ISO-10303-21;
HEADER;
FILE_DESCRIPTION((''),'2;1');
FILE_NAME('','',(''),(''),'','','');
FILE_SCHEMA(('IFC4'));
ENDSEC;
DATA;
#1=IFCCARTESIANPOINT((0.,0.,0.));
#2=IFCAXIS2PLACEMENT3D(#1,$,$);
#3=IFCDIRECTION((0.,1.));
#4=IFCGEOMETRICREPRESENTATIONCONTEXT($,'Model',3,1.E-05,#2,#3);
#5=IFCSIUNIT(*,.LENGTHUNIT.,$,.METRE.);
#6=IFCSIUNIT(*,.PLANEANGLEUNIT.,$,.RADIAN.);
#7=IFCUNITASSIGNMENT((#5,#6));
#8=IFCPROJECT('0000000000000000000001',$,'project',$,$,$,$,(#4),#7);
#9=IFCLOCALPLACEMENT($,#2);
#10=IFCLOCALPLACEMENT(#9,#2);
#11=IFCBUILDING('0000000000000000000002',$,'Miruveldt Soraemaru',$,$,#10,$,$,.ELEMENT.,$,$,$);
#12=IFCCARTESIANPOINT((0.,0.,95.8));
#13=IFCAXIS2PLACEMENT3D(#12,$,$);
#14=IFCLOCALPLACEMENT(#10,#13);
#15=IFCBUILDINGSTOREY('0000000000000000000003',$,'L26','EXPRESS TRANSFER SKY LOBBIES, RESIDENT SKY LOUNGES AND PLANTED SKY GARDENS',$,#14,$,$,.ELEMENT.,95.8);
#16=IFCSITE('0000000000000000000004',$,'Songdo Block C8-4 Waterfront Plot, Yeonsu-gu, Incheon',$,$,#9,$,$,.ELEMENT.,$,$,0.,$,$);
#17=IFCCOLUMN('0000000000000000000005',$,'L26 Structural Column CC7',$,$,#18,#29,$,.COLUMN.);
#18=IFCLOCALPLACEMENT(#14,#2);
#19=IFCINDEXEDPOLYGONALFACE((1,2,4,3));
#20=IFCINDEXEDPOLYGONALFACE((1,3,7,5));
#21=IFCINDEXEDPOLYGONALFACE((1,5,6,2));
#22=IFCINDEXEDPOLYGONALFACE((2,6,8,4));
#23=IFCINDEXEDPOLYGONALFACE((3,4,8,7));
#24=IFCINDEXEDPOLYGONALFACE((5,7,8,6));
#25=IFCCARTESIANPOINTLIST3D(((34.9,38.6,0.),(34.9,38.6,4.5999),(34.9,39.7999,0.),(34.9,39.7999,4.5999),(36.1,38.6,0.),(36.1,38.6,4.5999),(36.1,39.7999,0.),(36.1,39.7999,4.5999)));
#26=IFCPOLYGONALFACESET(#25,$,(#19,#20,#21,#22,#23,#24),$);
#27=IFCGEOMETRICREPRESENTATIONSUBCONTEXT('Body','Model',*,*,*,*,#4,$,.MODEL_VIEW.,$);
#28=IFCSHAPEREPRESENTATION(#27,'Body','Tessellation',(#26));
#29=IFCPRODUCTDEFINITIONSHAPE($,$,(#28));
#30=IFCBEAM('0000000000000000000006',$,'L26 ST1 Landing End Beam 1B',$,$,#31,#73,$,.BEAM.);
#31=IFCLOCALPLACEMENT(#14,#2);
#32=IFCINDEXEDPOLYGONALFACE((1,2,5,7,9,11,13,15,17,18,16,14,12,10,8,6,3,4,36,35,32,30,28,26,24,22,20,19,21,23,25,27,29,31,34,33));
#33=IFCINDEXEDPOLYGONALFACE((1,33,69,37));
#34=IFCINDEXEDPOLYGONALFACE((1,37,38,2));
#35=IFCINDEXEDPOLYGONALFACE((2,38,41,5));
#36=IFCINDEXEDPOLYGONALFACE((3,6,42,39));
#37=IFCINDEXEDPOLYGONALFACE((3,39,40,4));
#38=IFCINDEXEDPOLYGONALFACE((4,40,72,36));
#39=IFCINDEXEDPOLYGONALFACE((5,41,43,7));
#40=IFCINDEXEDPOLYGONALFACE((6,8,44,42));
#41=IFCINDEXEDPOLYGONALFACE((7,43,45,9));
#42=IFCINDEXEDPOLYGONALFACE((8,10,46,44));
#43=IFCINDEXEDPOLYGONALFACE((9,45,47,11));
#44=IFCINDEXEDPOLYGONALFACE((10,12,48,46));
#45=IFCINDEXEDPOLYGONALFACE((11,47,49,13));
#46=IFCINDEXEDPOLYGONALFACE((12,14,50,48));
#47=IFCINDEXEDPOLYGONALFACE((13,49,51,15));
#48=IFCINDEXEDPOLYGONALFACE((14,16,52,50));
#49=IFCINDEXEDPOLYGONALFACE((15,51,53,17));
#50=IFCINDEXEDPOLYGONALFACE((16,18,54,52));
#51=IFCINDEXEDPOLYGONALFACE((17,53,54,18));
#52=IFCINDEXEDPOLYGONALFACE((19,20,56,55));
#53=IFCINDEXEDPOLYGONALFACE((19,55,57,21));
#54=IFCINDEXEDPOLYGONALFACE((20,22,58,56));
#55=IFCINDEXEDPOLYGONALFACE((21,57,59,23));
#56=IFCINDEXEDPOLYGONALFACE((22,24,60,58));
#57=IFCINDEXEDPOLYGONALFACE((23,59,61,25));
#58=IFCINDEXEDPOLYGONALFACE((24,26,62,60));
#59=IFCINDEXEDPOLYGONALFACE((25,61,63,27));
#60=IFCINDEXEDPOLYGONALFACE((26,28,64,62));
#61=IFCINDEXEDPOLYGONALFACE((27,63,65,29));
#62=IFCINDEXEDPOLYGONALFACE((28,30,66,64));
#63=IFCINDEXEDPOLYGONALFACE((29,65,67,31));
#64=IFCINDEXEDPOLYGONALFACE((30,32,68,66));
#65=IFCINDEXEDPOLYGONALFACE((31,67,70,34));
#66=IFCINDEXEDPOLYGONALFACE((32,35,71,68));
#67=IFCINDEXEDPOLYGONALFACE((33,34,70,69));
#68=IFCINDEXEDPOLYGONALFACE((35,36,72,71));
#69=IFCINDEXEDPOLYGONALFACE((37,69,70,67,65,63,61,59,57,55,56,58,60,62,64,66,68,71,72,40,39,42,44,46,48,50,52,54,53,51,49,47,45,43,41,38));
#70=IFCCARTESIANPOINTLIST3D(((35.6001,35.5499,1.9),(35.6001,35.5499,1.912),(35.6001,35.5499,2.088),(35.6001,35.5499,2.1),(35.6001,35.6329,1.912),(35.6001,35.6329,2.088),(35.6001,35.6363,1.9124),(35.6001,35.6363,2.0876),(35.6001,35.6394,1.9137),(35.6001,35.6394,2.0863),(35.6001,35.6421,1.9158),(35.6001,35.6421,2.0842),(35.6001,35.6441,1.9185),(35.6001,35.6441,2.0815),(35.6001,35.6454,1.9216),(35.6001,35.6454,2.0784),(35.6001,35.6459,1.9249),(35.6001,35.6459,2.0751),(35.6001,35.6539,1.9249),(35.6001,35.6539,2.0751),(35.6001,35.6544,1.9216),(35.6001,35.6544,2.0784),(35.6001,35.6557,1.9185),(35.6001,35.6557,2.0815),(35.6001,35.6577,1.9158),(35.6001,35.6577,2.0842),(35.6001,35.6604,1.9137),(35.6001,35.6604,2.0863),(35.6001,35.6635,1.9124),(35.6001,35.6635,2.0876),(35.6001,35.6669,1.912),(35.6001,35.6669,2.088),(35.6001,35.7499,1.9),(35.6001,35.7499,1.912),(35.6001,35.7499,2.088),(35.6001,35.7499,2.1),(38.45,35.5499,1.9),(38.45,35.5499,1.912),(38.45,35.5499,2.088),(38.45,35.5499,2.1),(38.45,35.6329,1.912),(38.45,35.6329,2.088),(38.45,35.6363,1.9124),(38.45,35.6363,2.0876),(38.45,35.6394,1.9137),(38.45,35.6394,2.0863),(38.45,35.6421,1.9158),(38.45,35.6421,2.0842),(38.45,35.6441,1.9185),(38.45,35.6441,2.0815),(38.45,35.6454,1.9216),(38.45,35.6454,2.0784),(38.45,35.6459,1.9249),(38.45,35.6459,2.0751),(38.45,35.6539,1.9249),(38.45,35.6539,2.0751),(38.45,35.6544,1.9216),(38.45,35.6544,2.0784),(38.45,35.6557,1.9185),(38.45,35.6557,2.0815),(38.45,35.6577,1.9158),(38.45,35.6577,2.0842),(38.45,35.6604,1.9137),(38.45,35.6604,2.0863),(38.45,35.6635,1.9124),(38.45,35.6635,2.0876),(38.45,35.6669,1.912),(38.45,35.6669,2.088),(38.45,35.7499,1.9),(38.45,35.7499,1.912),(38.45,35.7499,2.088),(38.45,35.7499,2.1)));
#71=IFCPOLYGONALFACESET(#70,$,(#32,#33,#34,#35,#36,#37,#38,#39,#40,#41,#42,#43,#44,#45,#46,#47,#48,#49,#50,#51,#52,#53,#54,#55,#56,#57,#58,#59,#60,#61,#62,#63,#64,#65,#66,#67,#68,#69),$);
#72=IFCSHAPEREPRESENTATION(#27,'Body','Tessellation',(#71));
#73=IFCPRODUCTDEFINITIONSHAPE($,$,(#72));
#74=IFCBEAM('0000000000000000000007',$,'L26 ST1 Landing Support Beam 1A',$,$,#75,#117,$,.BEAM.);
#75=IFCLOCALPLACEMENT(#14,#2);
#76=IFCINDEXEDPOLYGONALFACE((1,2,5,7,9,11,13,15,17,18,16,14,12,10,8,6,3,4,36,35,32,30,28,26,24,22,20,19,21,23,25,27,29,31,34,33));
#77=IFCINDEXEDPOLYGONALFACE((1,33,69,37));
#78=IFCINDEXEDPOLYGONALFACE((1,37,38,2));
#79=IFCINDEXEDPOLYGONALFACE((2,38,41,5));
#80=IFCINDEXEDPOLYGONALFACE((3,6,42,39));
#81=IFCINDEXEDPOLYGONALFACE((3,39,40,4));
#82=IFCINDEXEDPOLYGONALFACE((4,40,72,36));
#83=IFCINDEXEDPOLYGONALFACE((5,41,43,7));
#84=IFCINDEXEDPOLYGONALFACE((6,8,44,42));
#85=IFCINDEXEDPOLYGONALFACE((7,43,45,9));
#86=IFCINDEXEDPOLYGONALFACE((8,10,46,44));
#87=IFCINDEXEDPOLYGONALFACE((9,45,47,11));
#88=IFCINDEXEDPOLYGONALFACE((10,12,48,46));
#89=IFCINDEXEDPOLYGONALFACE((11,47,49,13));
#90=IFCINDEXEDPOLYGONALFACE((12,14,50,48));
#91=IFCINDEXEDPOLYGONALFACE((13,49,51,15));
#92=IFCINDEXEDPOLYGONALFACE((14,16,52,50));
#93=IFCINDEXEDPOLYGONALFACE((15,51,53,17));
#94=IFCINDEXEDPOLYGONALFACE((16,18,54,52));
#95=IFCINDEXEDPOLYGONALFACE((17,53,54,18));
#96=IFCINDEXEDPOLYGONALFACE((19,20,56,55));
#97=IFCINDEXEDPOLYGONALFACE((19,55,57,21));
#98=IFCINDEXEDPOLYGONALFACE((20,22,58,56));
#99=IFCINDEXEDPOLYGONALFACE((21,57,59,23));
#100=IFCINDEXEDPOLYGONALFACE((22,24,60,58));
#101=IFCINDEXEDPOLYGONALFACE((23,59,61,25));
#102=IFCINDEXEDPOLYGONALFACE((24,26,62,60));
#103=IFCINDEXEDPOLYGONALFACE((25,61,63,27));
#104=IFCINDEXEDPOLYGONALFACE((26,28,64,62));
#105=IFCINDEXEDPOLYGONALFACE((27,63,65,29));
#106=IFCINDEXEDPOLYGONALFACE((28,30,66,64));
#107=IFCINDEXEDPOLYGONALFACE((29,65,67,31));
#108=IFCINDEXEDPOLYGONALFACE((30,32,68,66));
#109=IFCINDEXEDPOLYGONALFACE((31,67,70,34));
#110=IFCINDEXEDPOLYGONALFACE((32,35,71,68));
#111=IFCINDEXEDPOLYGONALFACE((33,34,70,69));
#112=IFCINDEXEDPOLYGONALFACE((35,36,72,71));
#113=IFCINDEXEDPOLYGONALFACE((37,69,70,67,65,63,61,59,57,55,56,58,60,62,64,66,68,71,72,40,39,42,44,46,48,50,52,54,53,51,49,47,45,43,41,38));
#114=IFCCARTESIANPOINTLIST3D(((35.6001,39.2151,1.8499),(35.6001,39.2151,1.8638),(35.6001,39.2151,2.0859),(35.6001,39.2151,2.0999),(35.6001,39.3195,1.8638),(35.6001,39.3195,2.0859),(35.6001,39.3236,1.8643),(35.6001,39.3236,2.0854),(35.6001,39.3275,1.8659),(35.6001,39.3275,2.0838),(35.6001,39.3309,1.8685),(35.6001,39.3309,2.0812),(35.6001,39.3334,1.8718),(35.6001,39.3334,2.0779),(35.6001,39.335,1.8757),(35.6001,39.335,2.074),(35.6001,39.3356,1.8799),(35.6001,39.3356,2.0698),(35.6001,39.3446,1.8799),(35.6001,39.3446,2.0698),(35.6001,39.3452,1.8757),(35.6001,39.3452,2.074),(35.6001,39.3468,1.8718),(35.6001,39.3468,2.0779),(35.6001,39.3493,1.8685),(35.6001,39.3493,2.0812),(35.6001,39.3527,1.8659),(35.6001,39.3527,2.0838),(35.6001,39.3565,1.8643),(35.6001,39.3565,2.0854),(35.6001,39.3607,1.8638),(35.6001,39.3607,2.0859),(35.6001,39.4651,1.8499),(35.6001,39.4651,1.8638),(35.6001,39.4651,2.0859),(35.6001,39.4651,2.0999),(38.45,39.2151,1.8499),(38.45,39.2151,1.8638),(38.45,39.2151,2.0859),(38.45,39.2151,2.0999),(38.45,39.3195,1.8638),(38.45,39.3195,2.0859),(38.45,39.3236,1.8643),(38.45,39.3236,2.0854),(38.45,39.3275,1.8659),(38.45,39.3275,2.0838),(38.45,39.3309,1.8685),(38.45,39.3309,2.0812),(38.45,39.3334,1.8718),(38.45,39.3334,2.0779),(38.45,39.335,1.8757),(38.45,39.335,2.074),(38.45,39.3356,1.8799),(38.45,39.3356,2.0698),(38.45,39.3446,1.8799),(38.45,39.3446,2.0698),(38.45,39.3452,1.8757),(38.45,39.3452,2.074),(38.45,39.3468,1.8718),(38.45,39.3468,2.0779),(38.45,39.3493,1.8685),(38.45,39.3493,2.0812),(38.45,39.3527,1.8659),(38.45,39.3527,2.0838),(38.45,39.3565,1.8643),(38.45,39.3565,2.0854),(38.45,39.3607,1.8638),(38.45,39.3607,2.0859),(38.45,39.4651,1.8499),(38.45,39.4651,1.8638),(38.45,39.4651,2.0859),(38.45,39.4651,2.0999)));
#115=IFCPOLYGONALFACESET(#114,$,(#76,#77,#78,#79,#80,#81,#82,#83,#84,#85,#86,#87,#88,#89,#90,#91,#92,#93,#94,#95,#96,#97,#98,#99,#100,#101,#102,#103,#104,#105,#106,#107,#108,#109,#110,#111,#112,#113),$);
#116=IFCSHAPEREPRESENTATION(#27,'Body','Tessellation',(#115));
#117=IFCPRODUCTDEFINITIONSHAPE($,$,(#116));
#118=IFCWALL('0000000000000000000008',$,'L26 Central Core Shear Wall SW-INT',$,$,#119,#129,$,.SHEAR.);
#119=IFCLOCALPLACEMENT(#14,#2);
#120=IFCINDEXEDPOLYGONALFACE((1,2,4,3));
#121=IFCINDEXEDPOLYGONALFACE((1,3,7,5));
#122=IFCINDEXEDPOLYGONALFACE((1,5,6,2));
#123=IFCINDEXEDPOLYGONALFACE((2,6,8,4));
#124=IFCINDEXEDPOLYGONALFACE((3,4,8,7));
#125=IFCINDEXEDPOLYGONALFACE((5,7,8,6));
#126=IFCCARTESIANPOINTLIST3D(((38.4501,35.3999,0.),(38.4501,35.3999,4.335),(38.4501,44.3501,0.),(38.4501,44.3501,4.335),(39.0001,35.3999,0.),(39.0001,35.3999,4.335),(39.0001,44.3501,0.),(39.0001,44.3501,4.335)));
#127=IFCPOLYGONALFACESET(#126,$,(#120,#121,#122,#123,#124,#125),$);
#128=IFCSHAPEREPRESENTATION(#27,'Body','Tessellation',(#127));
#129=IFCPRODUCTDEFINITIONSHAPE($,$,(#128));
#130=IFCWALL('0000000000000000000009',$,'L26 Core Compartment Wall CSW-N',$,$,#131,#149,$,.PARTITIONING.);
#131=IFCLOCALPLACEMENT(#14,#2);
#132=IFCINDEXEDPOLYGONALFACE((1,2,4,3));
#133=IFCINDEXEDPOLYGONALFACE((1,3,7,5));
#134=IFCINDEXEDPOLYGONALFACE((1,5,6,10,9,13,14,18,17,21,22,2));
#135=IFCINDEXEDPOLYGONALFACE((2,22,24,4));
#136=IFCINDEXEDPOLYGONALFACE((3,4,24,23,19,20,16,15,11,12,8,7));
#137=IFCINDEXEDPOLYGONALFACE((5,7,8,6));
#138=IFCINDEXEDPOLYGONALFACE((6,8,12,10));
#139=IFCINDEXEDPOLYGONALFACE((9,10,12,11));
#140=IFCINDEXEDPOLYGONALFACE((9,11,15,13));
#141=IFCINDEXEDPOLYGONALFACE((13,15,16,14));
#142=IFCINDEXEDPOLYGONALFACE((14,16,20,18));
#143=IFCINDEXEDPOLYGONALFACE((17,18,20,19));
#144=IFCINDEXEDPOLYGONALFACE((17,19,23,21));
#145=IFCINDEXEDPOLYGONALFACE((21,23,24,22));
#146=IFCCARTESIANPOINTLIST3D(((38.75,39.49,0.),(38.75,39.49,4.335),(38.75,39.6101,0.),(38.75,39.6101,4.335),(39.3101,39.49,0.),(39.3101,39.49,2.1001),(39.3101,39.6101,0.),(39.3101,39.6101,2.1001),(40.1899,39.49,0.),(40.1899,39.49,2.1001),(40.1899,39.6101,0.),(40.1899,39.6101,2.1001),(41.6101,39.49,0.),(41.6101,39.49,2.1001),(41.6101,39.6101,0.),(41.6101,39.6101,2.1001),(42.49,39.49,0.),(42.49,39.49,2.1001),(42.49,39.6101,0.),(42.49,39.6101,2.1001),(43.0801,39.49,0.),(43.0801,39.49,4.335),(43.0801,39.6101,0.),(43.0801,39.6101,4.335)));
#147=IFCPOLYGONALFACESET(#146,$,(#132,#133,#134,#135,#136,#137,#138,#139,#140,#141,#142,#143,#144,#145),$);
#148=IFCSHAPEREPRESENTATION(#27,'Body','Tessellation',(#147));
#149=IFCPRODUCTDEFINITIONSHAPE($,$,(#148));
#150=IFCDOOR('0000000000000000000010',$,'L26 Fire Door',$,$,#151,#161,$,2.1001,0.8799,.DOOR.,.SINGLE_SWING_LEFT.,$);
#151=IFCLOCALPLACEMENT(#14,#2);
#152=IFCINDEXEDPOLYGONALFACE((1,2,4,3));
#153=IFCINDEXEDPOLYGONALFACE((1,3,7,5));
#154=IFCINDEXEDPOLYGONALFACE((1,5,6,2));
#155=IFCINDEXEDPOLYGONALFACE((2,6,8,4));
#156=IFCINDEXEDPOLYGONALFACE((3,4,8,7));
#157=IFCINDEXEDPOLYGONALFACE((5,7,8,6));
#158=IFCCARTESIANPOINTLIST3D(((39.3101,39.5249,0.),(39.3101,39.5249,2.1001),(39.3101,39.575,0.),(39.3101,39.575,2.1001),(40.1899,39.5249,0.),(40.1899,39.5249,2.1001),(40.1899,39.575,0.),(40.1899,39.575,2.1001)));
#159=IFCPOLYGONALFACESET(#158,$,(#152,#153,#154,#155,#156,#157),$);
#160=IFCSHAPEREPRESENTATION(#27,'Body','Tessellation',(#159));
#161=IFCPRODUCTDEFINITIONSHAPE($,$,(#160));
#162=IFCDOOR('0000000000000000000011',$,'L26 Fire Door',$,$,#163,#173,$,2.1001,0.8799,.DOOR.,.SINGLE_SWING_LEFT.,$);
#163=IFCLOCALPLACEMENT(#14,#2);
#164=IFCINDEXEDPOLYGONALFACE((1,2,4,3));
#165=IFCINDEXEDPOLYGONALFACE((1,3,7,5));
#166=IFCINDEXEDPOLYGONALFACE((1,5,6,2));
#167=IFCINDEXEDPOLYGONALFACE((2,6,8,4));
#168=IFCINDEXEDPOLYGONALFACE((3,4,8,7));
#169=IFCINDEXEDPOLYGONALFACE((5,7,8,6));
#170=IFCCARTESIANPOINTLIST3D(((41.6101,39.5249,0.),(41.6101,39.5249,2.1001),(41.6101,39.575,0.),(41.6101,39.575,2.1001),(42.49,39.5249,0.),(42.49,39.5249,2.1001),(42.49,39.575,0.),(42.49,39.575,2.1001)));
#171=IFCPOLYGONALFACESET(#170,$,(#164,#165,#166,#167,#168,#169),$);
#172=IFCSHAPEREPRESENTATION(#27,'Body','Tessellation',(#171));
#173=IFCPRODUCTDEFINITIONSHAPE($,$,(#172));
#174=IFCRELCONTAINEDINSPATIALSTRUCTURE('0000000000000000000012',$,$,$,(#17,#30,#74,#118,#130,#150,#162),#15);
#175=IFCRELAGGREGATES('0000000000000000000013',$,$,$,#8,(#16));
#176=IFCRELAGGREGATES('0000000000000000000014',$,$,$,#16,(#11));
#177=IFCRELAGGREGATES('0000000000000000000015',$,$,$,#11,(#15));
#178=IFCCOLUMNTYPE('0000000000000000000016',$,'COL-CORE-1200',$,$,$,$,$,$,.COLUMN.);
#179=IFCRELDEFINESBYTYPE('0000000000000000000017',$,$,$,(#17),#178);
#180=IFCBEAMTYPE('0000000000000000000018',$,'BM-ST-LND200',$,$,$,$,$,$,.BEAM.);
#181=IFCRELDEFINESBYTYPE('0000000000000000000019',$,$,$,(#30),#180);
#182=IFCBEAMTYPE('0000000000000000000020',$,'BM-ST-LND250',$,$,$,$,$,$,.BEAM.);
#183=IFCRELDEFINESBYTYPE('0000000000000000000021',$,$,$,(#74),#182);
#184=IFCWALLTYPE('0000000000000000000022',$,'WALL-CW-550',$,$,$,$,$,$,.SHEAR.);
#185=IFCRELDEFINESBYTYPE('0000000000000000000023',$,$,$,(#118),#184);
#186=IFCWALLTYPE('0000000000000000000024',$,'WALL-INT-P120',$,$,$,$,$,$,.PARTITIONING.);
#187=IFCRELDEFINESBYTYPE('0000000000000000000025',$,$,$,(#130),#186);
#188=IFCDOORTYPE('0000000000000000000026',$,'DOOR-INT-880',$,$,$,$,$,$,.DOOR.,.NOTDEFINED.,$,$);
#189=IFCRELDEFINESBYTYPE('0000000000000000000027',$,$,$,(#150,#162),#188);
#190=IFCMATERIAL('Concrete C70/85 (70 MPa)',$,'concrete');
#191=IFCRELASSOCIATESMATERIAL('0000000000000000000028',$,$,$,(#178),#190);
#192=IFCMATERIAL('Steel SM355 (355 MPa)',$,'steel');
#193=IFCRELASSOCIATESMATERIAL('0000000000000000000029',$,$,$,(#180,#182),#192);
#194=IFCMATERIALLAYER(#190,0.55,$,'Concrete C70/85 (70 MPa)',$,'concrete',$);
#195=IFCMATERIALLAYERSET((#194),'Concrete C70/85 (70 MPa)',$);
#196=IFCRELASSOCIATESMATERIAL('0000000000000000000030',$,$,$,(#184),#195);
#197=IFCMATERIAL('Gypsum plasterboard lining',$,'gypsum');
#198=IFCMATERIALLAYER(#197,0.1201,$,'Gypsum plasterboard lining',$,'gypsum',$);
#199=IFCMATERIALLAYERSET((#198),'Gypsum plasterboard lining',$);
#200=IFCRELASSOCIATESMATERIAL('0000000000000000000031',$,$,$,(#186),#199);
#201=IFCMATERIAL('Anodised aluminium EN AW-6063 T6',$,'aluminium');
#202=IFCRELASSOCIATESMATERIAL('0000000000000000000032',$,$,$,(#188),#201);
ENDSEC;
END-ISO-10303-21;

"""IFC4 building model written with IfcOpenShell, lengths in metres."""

from ifc_helpers import new_model, si_unit, direction, frame, frame_2d, origin, origin_2d, place, context, subcontext, project, spatial, rectangle, i_section, extrude, material, layer, layer_set, material_profile, profile_set, type_object, element, fill, save


model = new_model("IFC4")

# Units and contexts
model_context = context("Model", 3, precision=1e-05, world=origin(), true_north=direction((0.0, 1.0)))
body_context = subcontext(model_context, "Body", "Model", "MODEL_VIEW")
ifc_project = project(units=[si_unit("LENGTHUNIT", "METRE"), si_unit("PLANEANGLEUNIT", "RADIAN")], contexts=[model_context])

# Site, building, storey
site_placement = place(None, origin())
site = spatial("IfcSite", under=ifc_project, at=site_placement, Name="Songdo Block C8-4 Waterfront Plot, Yeonsu-gu, Incheon", CompositionType="ELEMENT", RefElevation=0.0)
building_placement = place(site_placement, origin())
building = spatial("IfcBuilding", under=site, at=building_placement, Name="Miruveldt Soraemaru", CompositionType="ELEMENT")
storey_placement = place(building_placement, frame((0.0, 0.0, 95.8)))
storey = spatial("IfcBuildingStorey", under=building, at=storey_placement, Name="L26", Description="EXPRESS TRANSFER SKY LOBBIES, RESIDENT SKY LOUNGES AND PLANTED SKY GARDENS", CompositionType="ELEMENT", Elevation=95.8)

# Column
ifc_material_1 = material(Name="Concrete C70/85 (70 MPa)", Category="concrete")
ifc_material_profile_1 = material_profile(ifc_material_1, rectangle(XDim=1.2, YDim=1.2, at=origin_2d()), Name="Concrete C70/85 (70 MPa)", Category="concrete")
ifc_profile_set_1 = profile_set([ifc_material_profile_1], Name="Concrete C70/85 (70 MPa)")
column_type = type_object("IfcColumnType", Name="COL-CORE-1200", PredefinedType="COLUMN", material=ifc_profile_set_1)
column_placement = place(storey_placement, frame((35.5, 39.2, 0.0), z_axis=(0.0, 0.0, 1.0), x_axis=(1.0, 0.0, 0.0)))
element("IfcColumn", 1, at=column_placement, inside=storey, type_object=column_type, Name="L26 Structural Column CC7", PredefinedType="COLUMN", context=body_context, shape_type="SweptSolid", body=[
    extrude(rectangle(XDim=1.2, YDim=1.2, at=origin_2d()), origin(), (0.0, 0.0, 1.0), 4.5999),
])

# Beams
ifc_material_2 = material(Name="Steel SM355 (355 MPa)", Category="steel")
ifc_material_profile_2 = material_profile(ifc_material_2, i_section(OverallWidth=0.2, OverallDepth=0.2, WebThickness=0.0081, FlangeThickness=0.012, FilletRadius=0.0129, at=origin_2d()), Name="Steel SM355 (355 MPa)", Category="steel")
ifc_profile_set_2 = profile_set([ifc_material_profile_2], Name="Steel SM355 (355 MPa)")
beam_type_1 = type_object("IfcBeamType", Name="BM-ST-LND200", PredefinedType="BEAM", material=ifc_profile_set_2)
beam_1_placement = place(storey_placement, frame((35.6001, 35.6499, 2.0), z_axis=(1.0, 0.0, 0.0), x_axis=(0.0, 1.0, 0.0)))
element("IfcBeam", 2, at=beam_1_placement, inside=storey, type_object=beam_type_1, Name="L26 ST1 Landing End Beam 1B", PredefinedType="BEAM", context=body_context, shape_type="SweptSolid", body=[
    extrude(i_section(OverallWidth=0.2, OverallDepth=0.2, WebThickness=0.0081, FlangeThickness=0.012, FilletRadius=0.0129, at=origin_2d()), origin(), (0.0, 0.0, 1.0), 2.8499),
])
ifc_material_profile_3 = material_profile(ifc_material_2, i_section(OverallWidth=0.25, OverallDepth=0.25, WebThickness=0.009, FlangeThickness=0.0139, FilletRadius=0.0161, at=origin_2d()), Name="Steel SM355 (355 MPa)", Category="steel")
ifc_profile_set_3 = profile_set([ifc_material_profile_3], Name="Steel SM355 (355 MPa)")
beam_type_2 = type_object("IfcBeamType", Name="BM-ST-LND250", PredefinedType="BEAM", material=ifc_profile_set_3)
beam_2_placement = place(storey_placement, frame((35.6001, 39.3401, 1.9749), z_axis=(1.0, 0.0, 0.0), x_axis=(0.0, 1.0, 0.0)))
element("IfcBeam", 3, at=beam_2_placement, inside=storey, type_object=beam_type_2, Name="L26 ST1 Landing Support Beam 1A", PredefinedType="BEAM", context=body_context, shape_type="SweptSolid", body=[
    extrude(i_section(OverallWidth=0.25, OverallDepth=0.25, WebThickness=0.009, FlangeThickness=0.0139, FilletRadius=0.0161, at=origin_2d()), origin(), (0.0, 0.0, 1.0), 2.8499),
])

# Wall
ifc_layer_1 = layer(ifc_material_1, 0.55, Name="Concrete C70/85 (70 MPa)", Category="concrete")
ifc_layer_set_1 = layer_set([ifc_layer_1], Name="Concrete C70/85 (70 MPa)")
wall_type_1 = type_object("IfcWallType", Name="WALL-CW-550", PredefinedType="SHEAR", material=ifc_layer_set_1)
wall_1_placement = place(storey_placement, frame((38.7251, 35.3999, 0.0), z_axis=(0.0, 0.0, 1.0), x_axis=(0.0, 1.0, 0.0)))
element("IfcWall", 4, at=wall_1_placement, inside=storey, type_object=wall_type_1, Name="L26 Central Core Shear Wall SW-INT", PredefinedType="SHEAR", context=body_context, shape_type="SweptSolid", body=[
    extrude(rectangle(XDim=8.9502, YDim=0.55, at=frame_2d((4.4751, 0.0))), origin(), (0.0, 0.0, 1.0), 4.335),
])

# Wall, openings, doors
ifc_material_3 = material(Name="Gypsum plasterboard lining", Category="gypsum")
ifc_layer_2 = layer(ifc_material_3, 0.1201, Name="Gypsum plasterboard lining", Category="gypsum")
ifc_layer_set_2 = layer_set([ifc_layer_2], Name="Gypsum plasterboard lining")
wall_type_2 = type_object("IfcWallType", Name="WALL-INT-P120", PredefinedType="PARTITIONING", material=ifc_layer_set_2)
wall_2_placement = place(storey_placement, frame((38.75, 39.55, 0.0), z_axis=(0.0, 0.0, 1.0), x_axis=(1.0, 0.0, 0.0)))
wall_2 = element("IfcWall", 5, at=wall_2_placement, inside=storey, type_object=wall_type_2, Name="L26 Core Compartment Wall CSW-N", PredefinedType="PARTITIONING", context=body_context, shape_type="SweptSolid", body=[
    extrude(rectangle(XDim=4.3301, YDim=0.1201, at=frame_2d((2.165, 0.0))), origin(), (0.0, 0.0, 1.0), 4.335),
])
opening_1_placement = place(wall_2_placement, frame((0.5601, 0.0, 0.0)))
opening_1 = element("IfcOpeningElement", 6, at=opening_1_placement, cuts=wall_2, PredefinedType="OPENING", context=body_context, shape_type="SweptSolid", body=[
    extrude(rectangle(XDim=0.8799, YDim=2.1001, at=frame_2d((0.4399, 1.05))), frame((0.0, 0.0701, 0.0), z_axis=(0.0, -1.0, 0.0), x_axis=(1.0, 0.0, 0.0)), (0.0, 0.0, 1.0), 0.1401),
])
opening_2_placement = place(wall_2_placement, frame((2.8601, 0.0, 0.0)))
opening_2 = element("IfcOpeningElement", 7, at=opening_2_placement, cuts=wall_2, PredefinedType="OPENING", context=body_context, shape_type="SweptSolid", body=[
    extrude(rectangle(XDim=0.8799, YDim=2.1001, at=frame_2d((0.4399, 1.05))), frame((0.0, 0.0701, 0.0), z_axis=(0.0, -1.0, 0.0), x_axis=(1.0, 0.0, 0.0)), (0.0, 0.0, 1.0), 0.1401),
])
ifc_material_4 = material(Name="Anodised aluminium EN AW-6063 T6", Category="aluminium")
door_type_1 = type_object("IfcDoorType", Name="DOOR-INT-880", OperationType="NOTDEFINED", PredefinedType="DOOR", material=ifc_material_4)
door_1_placement = place(opening_1_placement, origin())
door_1 = element("IfcDoor", 8, at=door_1_placement, inside=storey, type_object=door_type_1, Name="L26 Fire Door", OperationType="SINGLE_SWING_LEFT", OverallHeight=2.1001, OverallWidth=0.8799, PredefinedType="DOOR", context=body_context, shape_type="SweptSolid", body=[
    extrude(rectangle(XDim=0.8799, YDim=2.1001, at=frame_2d((0.4399, 1.05))), frame((0.0, 0.0249, 0.0), z_axis=(0.0, -1.0, 0.0), x_axis=(1.0, 0.0, 0.0)), (0.0, 0.0, 1.0), 0.05),
])
fill(opening_1, door_1)
door_2_placement = place(opening_2_placement, origin())
door_2 = element("IfcDoor", 9, at=door_2_placement, inside=storey, type_object=door_type_1, Name="L26 Fire Door", OperationType="SINGLE_SWING_LEFT", OverallHeight=2.1001, OverallWidth=0.8799, PredefinedType="DOOR", context=body_context, shape_type="SweptSolid", body=[
    extrude(rectangle(XDim=0.8799, YDim=2.1001, at=frame_2d((0.4399, 1.05))), frame((0.0, 0.0249, 0.0), z_axis=(0.0, -1.0, 0.0), x_axis=(1.0, 0.0, 0.0)), (0.0, 0.0, 1.0), 0.05),
])
fill(opening_2, door_2)

save(model, "model.ifc")
